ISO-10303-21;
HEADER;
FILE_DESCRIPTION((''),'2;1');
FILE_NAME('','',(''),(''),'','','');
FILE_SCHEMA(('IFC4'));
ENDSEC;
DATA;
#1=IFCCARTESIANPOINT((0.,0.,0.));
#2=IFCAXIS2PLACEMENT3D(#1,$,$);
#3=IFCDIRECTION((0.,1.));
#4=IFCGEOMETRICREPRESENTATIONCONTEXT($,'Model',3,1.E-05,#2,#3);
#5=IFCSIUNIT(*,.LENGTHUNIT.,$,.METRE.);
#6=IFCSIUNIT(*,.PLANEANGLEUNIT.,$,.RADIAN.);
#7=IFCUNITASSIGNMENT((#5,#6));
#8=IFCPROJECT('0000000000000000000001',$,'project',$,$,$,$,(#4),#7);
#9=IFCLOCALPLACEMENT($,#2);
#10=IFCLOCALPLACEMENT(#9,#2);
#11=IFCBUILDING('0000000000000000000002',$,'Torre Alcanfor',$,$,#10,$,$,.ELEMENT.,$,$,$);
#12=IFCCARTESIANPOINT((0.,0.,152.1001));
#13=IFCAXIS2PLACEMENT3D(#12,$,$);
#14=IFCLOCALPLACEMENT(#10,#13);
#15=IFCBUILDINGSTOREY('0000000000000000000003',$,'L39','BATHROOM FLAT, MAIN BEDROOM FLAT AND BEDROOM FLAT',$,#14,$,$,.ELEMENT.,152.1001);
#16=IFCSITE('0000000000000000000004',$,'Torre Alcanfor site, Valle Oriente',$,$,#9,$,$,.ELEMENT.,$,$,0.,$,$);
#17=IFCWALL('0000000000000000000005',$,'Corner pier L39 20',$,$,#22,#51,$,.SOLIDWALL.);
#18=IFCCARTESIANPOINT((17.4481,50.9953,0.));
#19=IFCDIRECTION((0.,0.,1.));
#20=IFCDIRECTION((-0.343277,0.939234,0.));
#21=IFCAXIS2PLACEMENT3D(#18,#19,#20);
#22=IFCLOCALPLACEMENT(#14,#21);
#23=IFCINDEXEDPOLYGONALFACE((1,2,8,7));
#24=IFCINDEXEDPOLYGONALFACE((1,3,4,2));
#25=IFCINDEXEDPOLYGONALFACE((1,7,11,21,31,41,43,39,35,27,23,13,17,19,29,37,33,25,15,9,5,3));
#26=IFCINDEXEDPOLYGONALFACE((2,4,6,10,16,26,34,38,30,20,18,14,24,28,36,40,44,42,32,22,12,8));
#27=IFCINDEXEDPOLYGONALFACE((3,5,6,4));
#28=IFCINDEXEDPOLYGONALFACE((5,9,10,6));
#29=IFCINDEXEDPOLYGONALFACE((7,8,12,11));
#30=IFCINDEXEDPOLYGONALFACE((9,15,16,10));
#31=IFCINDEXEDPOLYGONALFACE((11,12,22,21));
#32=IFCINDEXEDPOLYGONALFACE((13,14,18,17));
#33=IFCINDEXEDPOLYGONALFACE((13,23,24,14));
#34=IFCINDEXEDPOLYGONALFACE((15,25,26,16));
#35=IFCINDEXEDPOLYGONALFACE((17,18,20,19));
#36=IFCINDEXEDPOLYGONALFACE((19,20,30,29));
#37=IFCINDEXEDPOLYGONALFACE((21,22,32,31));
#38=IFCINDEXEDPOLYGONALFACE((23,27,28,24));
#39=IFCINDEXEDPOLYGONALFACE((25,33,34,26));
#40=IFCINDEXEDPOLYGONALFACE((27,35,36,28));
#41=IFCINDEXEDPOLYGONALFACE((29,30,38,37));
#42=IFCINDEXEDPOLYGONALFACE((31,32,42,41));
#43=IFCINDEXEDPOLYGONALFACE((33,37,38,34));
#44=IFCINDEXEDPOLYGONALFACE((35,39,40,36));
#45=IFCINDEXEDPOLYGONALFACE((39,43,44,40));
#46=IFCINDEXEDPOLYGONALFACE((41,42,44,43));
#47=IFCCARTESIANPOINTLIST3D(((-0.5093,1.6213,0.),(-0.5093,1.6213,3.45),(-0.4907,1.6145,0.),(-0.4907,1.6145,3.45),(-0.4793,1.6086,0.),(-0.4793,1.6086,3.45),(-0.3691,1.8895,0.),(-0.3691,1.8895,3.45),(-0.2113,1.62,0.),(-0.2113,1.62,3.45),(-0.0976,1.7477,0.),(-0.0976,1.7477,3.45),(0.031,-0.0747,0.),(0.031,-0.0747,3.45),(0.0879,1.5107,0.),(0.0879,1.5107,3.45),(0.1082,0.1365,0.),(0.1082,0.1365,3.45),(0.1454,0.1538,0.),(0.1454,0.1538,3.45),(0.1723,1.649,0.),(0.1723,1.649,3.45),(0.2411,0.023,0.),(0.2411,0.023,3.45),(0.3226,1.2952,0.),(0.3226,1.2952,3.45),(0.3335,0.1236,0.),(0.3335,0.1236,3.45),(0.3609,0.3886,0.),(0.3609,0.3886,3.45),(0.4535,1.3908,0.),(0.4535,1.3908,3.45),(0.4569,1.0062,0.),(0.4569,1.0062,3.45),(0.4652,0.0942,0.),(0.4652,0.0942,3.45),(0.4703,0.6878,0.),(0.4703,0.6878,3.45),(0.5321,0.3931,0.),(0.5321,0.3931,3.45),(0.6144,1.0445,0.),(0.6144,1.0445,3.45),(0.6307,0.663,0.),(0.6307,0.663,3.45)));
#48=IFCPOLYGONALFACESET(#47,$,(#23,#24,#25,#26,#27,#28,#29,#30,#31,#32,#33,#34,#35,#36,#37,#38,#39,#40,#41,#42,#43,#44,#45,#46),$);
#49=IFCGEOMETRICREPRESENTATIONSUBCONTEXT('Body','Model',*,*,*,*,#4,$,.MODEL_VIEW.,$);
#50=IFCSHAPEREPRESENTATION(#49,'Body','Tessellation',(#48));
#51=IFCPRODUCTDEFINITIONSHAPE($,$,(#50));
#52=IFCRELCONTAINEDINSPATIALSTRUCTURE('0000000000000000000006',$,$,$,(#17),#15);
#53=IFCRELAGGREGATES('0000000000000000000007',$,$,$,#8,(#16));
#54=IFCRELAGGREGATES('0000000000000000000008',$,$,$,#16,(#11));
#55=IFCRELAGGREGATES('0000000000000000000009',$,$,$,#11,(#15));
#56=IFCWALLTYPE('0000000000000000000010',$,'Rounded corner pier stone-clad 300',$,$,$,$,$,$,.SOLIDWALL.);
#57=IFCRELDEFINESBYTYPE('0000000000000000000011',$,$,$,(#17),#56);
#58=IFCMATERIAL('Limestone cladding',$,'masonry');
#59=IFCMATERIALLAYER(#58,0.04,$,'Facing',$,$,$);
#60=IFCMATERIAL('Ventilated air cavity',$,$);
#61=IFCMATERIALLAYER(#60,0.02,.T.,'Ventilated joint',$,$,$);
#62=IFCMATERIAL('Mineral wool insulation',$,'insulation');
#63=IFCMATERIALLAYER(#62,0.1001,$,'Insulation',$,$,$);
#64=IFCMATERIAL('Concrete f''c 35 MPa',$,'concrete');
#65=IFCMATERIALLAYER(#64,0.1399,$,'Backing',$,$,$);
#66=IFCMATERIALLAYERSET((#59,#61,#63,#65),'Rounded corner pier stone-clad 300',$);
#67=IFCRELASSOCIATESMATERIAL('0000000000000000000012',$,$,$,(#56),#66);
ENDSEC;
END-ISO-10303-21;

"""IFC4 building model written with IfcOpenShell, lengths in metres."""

from ifc_helpers import new_model, si_unit, direction, frame, origin, place, context, subcontext, project, spatial, polyline, outline, extrude, material, layer, layer_set, type_object, element, save


model = new_model("IFC4")

# Units and contexts
model_context = context("Model", 3, precision=1e-05, world=origin(), true_north=direction((0.0, 1.0)))
body_context = subcontext(model_context, "Body", "Model", "MODEL_VIEW")
ifc_project = project(units=[si_unit("LENGTHUNIT", "METRE"), si_unit("PLANEANGLEUNIT", "RADIAN")], contexts=[model_context])

# Site, building, storey
site_placement = place(None, origin())
site = spatial("IfcSite", under=ifc_project, at=site_placement, Name="Torre Alcanfor site, Valle Oriente", CompositionType="ELEMENT", RefElevation=0.0)
building_placement = place(site_placement, origin())
building = spatial("IfcBuilding", under=site, at=building_placement, Name="Torre Alcanfor", CompositionType="ELEMENT")
storey_placement = place(building_placement, frame((0.0, 0.0, 152.1001)))
storey = spatial("IfcBuildingStorey", under=building, at=storey_placement, Name="L39", Description="BATHROOM FLAT, MAIN BEDROOM FLAT AND BEDROOM FLAT", CompositionType="ELEMENT", Elevation=152.1001)

# Shared definitions
ifc_material_1 = material(Name="Limestone cladding", Category="masonry")
ifc_material_2 = material(Name="Ventilated air cavity")
ifc_material_3 = material(Name="Mineral wool insulation", Category="insulation")
ifc_material_4 = material(Name="Concrete f'c 35 MPa", Category="concrete")

# Wall
ifc_layer_1 = layer(ifc_material_1, 0.04, Name="Facing")
ifc_layer_2 = layer(ifc_material_2, 0.02, ventilated=True, Name="Ventilated joint")
ifc_layer_3 = layer(ifc_material_3, 0.1001, Name="Insulation")
ifc_layer_4 = layer(ifc_material_4, 0.1399, Name="Backing")
ifc_layer_set_1 = layer_set([ifc_layer_1, ifc_layer_2, ifc_layer_3, ifc_layer_4], Name="Rounded corner pier stone-clad 300")
wall_type_1 = type_object("IfcWallType", Name="Rounded corner pier stone-clad 300", PredefinedType="SOLIDWALL", material=ifc_layer_set_1)
wall_1_placement = place(storey_placement, frame((17.4481, 50.9953, 0.0), z_axis=(0.0, 0.0, 1.0), x_axis=(-0.343277, 0.939234, 0.0)))
element("IfcWall", 1, at=wall_1_placement, inside=storey, type_object=wall_type_1, Name="Corner pier L39 20", PredefinedType="SOLIDWALL", context=body_context, shape_type="SweptSolid", body=[
    extrude(outline(polyline([(0.2411, 0.023), (0.3335, 0.1236), (0.4652, 0.0942), (0.5321, 0.3931), (0.6307, 0.663), (0.6144, 1.0445), (0.4535, 1.3908), (0.1723, 1.649), (-0.0976, 1.7477), (-0.3691, 1.8895), (-0.5093, 1.6213), (-0.4907, 1.6145), (-0.4793, 1.6086), (-0.2113, 1.62), (0.0879, 1.5107), (0.3226, 1.2952), (0.4569, 1.0062), (0.4703, 0.6878), (0.3609, 0.3886), (0.1454, 0.1538), (0.1082, 0.1365), (0.031, -0.0747), (0.2411, 0.023)])), origin(), (0.0, 0.0, 1.0), 3.45),
])

save(model, "model.ifc")
